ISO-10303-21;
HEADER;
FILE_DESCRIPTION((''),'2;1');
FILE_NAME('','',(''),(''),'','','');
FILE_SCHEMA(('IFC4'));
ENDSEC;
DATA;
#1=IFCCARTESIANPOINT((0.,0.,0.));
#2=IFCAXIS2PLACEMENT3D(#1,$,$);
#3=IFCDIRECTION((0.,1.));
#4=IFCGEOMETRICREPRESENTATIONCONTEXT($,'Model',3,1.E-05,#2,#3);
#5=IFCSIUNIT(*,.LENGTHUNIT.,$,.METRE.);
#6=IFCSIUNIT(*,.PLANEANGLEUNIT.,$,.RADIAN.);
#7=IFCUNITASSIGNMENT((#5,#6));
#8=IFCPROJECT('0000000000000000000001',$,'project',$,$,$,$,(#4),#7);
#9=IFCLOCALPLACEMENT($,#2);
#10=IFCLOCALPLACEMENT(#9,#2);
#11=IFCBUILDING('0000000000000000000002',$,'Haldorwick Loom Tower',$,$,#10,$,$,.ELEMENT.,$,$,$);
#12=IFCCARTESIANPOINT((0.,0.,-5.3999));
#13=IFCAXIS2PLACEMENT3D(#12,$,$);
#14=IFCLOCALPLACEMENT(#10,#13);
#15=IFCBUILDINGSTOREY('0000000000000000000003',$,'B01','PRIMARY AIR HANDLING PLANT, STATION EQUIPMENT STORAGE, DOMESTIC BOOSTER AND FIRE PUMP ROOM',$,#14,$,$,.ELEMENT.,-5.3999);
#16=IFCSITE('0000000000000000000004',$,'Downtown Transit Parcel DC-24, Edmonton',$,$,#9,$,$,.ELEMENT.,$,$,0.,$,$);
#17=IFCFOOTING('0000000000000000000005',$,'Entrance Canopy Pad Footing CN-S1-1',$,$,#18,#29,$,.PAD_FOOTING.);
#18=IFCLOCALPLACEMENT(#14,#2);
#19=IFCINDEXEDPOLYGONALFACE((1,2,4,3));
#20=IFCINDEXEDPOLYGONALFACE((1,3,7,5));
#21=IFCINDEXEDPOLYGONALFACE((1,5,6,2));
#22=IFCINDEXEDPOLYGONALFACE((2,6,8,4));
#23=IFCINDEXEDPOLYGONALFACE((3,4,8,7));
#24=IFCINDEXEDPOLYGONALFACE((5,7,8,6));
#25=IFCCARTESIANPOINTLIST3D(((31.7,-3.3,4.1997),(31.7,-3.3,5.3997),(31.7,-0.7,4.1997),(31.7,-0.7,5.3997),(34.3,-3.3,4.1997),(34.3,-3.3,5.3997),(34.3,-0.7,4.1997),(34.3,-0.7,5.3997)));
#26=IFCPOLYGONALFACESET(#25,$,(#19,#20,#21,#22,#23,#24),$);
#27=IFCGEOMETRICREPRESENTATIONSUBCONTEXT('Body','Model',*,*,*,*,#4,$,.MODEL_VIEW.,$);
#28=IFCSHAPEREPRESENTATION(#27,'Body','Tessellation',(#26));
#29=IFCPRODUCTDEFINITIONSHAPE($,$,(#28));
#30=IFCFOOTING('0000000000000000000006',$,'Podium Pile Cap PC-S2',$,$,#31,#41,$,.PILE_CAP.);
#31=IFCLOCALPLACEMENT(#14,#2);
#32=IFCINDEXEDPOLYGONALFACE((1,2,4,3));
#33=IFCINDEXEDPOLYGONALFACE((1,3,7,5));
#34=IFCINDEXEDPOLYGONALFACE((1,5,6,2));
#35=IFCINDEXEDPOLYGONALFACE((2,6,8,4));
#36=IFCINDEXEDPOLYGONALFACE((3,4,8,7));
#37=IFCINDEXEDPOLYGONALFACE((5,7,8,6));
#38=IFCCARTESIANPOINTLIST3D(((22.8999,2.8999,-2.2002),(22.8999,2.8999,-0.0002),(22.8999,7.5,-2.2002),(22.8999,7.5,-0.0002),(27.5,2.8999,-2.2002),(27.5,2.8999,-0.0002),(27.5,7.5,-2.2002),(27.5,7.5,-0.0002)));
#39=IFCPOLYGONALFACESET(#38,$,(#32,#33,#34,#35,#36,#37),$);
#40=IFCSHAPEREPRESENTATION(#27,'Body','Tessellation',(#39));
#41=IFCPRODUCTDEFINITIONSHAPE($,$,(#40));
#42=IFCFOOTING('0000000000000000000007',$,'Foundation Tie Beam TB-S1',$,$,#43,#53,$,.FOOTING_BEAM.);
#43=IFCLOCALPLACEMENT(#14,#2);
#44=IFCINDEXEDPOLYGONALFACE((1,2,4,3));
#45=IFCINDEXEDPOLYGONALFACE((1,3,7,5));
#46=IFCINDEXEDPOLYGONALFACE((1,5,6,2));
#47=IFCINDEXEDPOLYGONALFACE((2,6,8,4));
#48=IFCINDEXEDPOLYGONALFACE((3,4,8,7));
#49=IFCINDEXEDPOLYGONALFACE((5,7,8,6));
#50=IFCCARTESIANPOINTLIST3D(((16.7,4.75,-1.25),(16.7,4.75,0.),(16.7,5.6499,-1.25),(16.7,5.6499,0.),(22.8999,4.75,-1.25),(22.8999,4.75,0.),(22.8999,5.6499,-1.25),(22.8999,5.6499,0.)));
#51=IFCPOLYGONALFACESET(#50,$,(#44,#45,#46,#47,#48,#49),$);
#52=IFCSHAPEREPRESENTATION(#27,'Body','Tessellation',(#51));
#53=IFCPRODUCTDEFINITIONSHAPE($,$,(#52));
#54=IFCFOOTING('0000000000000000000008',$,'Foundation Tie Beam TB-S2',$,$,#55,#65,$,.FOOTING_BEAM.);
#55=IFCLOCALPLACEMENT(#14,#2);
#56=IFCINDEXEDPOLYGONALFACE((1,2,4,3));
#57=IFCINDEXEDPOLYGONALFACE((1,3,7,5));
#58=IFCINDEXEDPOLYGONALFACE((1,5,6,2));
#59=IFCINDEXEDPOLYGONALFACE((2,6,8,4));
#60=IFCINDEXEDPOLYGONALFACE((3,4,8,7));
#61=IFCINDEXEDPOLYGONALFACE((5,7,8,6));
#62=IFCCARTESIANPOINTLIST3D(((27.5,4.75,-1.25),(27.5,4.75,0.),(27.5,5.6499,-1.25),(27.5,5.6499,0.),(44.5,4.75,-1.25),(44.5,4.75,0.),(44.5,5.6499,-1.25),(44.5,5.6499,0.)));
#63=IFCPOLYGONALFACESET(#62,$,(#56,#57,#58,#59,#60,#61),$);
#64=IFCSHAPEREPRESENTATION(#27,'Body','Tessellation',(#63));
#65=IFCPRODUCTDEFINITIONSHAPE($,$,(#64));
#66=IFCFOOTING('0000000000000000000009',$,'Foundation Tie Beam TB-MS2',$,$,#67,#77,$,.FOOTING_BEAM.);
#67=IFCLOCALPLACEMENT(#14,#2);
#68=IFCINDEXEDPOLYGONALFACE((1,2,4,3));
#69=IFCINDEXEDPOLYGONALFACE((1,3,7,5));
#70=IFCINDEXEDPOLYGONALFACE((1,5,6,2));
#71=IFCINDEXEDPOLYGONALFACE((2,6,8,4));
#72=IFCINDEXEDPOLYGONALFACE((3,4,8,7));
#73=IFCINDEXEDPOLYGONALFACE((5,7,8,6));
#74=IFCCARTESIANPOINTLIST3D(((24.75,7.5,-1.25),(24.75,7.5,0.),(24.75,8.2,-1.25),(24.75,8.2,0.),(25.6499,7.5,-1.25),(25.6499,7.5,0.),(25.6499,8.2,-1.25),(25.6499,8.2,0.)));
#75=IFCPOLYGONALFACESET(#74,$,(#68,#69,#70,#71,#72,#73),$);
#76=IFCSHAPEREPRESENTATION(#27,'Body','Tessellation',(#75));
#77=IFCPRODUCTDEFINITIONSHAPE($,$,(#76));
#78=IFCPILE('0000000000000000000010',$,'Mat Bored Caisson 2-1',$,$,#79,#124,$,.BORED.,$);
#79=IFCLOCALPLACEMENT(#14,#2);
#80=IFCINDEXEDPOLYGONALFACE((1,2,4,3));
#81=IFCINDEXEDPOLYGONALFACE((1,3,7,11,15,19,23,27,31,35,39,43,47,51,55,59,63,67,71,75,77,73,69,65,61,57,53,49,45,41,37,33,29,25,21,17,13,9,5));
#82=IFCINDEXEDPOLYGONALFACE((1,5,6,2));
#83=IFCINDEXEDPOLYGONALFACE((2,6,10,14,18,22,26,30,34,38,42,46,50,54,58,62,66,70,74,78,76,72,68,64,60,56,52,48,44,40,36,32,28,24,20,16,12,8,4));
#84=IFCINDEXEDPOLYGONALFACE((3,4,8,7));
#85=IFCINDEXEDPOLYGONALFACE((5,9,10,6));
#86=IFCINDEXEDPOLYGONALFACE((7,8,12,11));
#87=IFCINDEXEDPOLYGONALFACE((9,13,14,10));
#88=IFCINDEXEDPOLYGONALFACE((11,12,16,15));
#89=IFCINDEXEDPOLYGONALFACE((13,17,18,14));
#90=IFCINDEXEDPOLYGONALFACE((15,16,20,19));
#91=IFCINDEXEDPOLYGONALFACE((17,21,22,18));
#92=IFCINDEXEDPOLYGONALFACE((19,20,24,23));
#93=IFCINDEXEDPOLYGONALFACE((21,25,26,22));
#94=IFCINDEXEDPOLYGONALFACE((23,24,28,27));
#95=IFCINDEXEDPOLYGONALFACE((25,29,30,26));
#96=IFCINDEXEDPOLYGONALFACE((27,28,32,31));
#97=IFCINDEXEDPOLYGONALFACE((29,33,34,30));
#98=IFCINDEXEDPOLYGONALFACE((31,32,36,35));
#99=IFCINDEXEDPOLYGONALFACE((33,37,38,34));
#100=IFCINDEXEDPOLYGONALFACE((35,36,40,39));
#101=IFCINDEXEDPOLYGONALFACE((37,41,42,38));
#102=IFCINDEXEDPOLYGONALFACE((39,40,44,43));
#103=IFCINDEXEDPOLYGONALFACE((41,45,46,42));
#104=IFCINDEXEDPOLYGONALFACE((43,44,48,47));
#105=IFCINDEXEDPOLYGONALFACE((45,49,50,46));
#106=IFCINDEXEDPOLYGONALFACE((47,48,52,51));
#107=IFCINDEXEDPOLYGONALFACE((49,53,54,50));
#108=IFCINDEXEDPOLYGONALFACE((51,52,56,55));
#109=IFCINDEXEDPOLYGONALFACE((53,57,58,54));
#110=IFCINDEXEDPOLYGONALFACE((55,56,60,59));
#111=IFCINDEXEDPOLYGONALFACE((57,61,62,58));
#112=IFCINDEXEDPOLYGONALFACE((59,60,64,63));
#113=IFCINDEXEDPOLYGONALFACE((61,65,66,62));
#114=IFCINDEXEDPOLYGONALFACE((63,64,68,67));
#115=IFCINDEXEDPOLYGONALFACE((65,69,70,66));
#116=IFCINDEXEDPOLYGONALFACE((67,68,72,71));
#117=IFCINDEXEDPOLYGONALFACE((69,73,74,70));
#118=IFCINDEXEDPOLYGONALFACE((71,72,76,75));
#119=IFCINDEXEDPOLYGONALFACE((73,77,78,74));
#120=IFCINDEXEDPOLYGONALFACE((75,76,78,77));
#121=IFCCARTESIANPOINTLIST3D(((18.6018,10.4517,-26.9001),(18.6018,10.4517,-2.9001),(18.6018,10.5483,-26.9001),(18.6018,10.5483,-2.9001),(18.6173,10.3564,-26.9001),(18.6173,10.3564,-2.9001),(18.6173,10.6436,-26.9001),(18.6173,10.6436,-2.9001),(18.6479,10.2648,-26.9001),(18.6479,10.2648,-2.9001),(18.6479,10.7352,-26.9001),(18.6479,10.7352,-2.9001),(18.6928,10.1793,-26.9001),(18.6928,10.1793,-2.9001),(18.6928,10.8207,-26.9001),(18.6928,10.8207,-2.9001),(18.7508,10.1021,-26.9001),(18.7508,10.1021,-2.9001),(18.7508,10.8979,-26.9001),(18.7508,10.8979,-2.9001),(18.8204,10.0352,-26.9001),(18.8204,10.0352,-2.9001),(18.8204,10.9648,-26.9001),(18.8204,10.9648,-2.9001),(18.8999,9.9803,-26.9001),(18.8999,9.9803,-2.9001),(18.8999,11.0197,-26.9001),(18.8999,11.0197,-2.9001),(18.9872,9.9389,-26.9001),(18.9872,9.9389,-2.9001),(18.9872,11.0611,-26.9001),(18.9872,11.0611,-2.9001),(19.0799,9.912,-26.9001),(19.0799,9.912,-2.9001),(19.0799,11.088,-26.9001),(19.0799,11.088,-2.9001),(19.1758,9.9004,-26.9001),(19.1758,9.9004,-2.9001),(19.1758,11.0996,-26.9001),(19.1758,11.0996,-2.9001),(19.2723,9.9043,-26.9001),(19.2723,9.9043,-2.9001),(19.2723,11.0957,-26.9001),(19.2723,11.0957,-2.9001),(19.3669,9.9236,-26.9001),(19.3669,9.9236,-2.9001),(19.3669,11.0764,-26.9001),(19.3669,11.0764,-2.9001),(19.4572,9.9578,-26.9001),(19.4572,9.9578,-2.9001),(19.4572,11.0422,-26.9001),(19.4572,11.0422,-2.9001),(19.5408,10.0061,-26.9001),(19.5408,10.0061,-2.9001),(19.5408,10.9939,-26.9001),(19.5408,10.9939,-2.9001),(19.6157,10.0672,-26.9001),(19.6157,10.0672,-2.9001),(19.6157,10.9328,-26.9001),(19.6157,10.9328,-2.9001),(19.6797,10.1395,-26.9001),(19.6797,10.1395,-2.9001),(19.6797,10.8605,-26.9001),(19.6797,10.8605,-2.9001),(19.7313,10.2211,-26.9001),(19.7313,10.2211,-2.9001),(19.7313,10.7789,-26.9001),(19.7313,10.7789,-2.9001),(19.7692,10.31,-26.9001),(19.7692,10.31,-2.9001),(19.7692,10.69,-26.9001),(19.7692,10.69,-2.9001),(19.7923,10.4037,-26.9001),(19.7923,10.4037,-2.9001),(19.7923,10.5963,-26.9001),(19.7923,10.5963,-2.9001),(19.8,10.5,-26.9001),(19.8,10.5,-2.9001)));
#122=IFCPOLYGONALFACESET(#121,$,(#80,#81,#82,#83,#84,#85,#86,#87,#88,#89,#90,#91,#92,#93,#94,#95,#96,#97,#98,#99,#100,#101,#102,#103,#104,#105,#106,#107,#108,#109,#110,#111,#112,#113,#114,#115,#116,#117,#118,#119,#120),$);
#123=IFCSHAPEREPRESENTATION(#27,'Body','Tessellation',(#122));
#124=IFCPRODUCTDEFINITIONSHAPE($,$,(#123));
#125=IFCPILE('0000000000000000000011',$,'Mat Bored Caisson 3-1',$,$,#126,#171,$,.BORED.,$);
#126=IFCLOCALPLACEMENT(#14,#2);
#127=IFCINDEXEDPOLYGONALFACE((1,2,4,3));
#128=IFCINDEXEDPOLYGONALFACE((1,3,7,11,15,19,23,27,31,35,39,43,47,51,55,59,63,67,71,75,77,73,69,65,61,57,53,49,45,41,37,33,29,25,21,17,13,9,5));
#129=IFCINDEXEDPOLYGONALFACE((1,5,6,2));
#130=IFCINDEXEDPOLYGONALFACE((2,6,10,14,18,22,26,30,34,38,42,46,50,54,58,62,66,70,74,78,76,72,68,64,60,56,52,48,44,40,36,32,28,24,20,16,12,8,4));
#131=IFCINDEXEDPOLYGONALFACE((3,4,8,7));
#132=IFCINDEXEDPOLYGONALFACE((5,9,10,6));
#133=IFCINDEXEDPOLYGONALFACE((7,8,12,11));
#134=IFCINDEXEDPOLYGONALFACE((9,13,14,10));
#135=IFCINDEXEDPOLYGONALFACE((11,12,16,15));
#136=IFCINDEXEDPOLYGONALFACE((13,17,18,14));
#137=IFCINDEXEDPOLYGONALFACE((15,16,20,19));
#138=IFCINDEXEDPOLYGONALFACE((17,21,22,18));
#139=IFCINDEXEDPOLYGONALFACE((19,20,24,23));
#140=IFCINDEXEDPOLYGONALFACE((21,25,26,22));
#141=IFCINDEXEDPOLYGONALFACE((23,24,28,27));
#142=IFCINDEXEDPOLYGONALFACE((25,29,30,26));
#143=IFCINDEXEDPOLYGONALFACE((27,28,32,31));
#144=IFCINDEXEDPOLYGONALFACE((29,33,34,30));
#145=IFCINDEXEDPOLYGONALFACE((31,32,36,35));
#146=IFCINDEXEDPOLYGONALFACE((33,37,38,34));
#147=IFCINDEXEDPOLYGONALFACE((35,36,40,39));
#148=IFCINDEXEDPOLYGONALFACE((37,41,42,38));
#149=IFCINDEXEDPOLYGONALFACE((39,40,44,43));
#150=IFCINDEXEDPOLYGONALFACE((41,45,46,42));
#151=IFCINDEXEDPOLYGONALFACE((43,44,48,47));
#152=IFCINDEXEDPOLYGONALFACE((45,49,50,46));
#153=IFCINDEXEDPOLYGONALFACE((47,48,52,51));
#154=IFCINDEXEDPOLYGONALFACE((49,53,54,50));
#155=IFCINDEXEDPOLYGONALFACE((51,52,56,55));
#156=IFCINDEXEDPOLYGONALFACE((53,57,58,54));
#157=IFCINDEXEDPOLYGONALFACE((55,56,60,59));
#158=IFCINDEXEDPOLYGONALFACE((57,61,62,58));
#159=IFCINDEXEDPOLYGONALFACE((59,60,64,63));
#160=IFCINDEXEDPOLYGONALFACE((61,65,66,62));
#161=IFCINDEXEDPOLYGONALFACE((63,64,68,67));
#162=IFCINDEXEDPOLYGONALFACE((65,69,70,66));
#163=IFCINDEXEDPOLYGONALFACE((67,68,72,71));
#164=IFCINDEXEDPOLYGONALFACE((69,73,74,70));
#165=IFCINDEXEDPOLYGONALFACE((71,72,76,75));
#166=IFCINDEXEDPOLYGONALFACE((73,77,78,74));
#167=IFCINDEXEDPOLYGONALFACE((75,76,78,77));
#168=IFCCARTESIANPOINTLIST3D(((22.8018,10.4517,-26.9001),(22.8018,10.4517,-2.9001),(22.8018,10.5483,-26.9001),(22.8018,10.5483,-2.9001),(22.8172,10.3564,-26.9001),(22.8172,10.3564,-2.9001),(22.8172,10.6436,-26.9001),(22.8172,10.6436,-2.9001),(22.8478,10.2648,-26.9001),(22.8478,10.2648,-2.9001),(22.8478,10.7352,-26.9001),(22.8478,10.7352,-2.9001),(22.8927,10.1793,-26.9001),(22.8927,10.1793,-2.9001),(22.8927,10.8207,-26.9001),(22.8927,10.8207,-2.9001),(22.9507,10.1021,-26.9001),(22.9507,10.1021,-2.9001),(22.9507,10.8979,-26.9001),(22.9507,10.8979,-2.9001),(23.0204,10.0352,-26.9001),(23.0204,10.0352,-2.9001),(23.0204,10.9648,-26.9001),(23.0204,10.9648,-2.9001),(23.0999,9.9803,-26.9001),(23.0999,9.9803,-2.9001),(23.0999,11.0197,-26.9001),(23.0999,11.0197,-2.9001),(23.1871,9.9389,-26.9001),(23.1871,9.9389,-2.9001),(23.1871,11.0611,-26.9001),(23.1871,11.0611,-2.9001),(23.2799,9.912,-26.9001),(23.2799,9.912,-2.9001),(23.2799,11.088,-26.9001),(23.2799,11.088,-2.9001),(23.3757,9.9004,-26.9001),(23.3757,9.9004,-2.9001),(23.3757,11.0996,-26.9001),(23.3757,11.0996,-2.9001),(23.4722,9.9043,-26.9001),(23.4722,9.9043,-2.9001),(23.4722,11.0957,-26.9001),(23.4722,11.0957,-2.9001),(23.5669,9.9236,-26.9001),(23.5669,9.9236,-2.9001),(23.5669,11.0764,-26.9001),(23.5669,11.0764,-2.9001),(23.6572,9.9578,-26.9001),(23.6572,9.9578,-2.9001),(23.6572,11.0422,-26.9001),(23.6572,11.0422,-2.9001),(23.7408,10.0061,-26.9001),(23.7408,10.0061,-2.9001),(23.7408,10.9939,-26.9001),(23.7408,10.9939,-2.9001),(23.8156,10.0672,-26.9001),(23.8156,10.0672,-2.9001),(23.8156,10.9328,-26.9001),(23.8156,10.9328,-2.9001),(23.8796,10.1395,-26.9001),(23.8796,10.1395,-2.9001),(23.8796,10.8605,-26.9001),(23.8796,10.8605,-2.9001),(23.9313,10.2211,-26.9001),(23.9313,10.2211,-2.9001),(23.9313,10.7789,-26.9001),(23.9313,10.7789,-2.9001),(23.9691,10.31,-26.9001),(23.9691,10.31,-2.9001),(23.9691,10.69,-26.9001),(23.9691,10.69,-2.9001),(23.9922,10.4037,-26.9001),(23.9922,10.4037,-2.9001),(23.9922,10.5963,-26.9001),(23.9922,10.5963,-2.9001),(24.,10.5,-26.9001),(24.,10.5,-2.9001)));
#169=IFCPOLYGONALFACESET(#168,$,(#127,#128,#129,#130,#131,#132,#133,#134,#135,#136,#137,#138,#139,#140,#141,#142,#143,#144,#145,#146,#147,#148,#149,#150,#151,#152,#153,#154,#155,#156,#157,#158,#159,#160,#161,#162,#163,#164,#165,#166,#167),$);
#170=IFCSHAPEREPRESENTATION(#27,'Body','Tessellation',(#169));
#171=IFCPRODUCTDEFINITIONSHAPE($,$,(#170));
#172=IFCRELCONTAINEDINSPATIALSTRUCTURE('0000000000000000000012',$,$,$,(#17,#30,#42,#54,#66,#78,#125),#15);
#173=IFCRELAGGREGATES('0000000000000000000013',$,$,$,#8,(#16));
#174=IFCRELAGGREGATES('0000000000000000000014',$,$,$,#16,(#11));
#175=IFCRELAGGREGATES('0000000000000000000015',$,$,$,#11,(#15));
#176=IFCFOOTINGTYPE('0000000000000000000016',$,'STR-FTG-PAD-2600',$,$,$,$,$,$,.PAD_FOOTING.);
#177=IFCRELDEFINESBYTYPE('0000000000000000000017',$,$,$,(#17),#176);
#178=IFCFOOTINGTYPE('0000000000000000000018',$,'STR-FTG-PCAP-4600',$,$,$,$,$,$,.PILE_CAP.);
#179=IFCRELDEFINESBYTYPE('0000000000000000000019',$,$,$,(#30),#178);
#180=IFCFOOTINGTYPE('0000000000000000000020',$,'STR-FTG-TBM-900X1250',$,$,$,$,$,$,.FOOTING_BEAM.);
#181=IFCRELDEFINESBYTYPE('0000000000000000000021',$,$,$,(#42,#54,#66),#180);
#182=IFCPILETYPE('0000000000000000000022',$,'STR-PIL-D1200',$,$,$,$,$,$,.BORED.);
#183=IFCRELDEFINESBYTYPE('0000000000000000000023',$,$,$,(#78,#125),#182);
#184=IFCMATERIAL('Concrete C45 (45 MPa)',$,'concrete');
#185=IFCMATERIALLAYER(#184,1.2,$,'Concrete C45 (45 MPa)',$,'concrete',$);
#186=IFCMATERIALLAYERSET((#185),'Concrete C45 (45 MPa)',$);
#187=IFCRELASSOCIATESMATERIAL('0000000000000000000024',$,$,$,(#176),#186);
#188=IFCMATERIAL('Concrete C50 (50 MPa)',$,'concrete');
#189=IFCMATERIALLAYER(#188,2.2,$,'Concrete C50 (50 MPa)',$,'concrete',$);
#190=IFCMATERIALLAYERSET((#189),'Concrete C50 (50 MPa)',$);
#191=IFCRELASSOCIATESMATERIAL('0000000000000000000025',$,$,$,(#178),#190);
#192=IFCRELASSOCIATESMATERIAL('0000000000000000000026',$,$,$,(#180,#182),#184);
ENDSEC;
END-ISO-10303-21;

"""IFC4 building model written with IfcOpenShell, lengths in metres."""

from ifc_helpers import new_model, si_unit, direction, frame, origin, origin_2d, place, context, subcontext, project, spatial, rectangle, circle, extrude, material, layer, layer_set, material_profile, profile_set, type_object, element, save


model = new_model("IFC4")

# Units and contexts
model_context = context("Model", 3, precision=1e-05, world=origin(), true_north=direction((0.0, 1.0)))
body_context = subcontext(model_context, "Body", "Model", "MODEL_VIEW")
ifc_project = project(units=[si_unit("LENGTHUNIT", "METRE"), si_unit("PLANEANGLEUNIT", "RADIAN")], contexts=[model_context])

# Site, building, storey
site_placement = place(None, origin())
site = spatial("IfcSite", under=ifc_project, at=site_placement, Name="Downtown Transit Parcel DC-24, Edmonton", CompositionType="ELEMENT", RefElevation=0.0)
building_placement = place(site_placement, origin())
building = spatial("IfcBuilding", under=site, at=building_placement, Name="Haldorwick Loom Tower", CompositionType="ELEMENT")
storey_placement = place(building_placement, frame((0.0, 0.0, -5.3999)))
storey = spatial("IfcBuildingStorey", under=building, at=storey_placement, Name="B01", Description="PRIMARY AIR HANDLING PLANT, STATION EQUIPMENT STORAGE, DOMESTIC BOOSTER AND FIRE PUMP ROOM", CompositionType="ELEMENT", Elevation=-5.3999)

# Footings
ifc_material_1 = material(Name="Concrete C45 (45 MPa)", Category="concrete")
ifc_layer_1 = layer(ifc_material_1, 1.2, Name="Concrete C45 (45 MPa)", Category="concrete")
ifc_layer_set_1 = layer_set([ifc_layer_1], Name="Concrete C45 (45 MPa)")
footing_type_1 = type_object("IfcFootingType", Name="STR-FTG-PAD-2600", PredefinedType="PAD_FOOTING", material=ifc_layer_set_1)
footing_1_placement = place(storey_placement, frame((33.0, -2.0, 4.1997), z_axis=(0.0, 0.0, 1.0), x_axis=(1.0, 0.0, 0.0)))
element("IfcFooting", 1, at=footing_1_placement, inside=storey, type_object=footing_type_1, Name="Entrance Canopy Pad Footing CN-S1-1", PredefinedType="PAD_FOOTING", context=body_context, shape_type="SweptSolid", body=[
    extrude(rectangle(XDim=2.6001, YDim=2.6001, at=origin_2d()), origin(), (0.0, 0.0, 1.0), 1.2),
])
ifc_material_2 = material(Name="Concrete C50 (50 MPa)", Category="concrete")
ifc_layer_2 = layer(ifc_material_2, 2.2, Name="Concrete C50 (50 MPa)", Category="concrete")
ifc_layer_set_2 = layer_set([ifc_layer_2], Name="Concrete C50 (50 MPa)")
footing_type_2 = type_object("IfcFootingType", Name="STR-FTG-PCAP-4600", PredefinedType="PILE_CAP", material=ifc_layer_set_2)
footing_2_placement = place(storey_placement, frame((25.2, 5.2, -2.2002), z_axis=(0.0, 0.0, 1.0), x_axis=(1.0, 0.0, 0.0)))
element("IfcFooting", 2, at=footing_2_placement, inside=storey, type_object=footing_type_2, Name="Podium Pile Cap PC-S2", PredefinedType="PILE_CAP", context=body_context, shape_type="SweptSolid", body=[
    extrude(rectangle(XDim=4.6001, YDim=4.6001, at=origin_2d()), origin(), (0.0, 0.0, 1.0), 2.2),
])
ifc_material_profile_1 = material_profile(ifc_material_1, rectangle(XDim=0.8999, YDim=1.25, at=origin_2d()), Name="RC900X1250", Category="concrete")
ifc_profile_set_1 = profile_set([ifc_material_profile_1], Name="Concrete C45 (45 MPa)")
footing_type_3 = type_object("IfcFootingType", Name="STR-FTG-TBM-900X1250", PredefinedType="FOOTING_BEAM", material=ifc_profile_set_1)
footing_3_placement = place(storey_placement, frame((16.7, 5.2, -0.625), z_axis=(1.0, 0.0, 0.0), x_axis=(0.0, 1.0, 0.0)))
element("IfcFooting", 3, at=footing_3_placement, inside=storey, type_object=footing_type_3, Name="Foundation Tie Beam TB-S1", PredefinedType="FOOTING_BEAM", context=body_context, shape_type="SweptSolid", body=[
    extrude(rectangle(XDim=0.8999, YDim=1.25, at=origin_2d()), origin(), (0.0, 0.0, 1.0), 6.2),
])
footing_4_placement = place(storey_placement, frame((27.5, 5.2, -0.625), z_axis=(1.0, 0.0, 0.0), x_axis=(0.0, 1.0, 0.0)))
element("IfcFooting", 4, at=footing_4_placement, inside=storey, type_object=footing_type_3, Name="Foundation Tie Beam TB-S2", PredefinedType="FOOTING_BEAM", context=body_context, shape_type="SweptSolid", body=[
    extrude(rectangle(XDim=0.8999, YDim=1.25, at=origin_2d()), origin(), (0.0, 0.0, 1.0), 17.0),
])
footing_5_placement = place(storey_placement, frame((25.2, 7.5, -0.625), z_axis=(0.0, 1.0, 0.0), x_axis=(-1.0, 0.0, 0.0)))
element("IfcFooting", 5, at=footing_5_placement, inside=storey, type_object=footing_type_3, Name="Foundation Tie Beam TB-MS2", PredefinedType="FOOTING_BEAM", context=body_context, shape_type="SweptSolid", body=[
    extrude(rectangle(XDim=0.8999, YDim=1.25, at=origin_2d()), origin(), (0.0, 0.0, 1.0), 0.7),
])

# Piles
ifc_material_profile_2 = material_profile(ifc_material_1, circle(Radius=0.6001, at=origin_2d()), Name="CAISSON_D1200", Category="concrete")
ifc_profile_set_2 = profile_set([ifc_material_profile_2], Name="Concrete C45 (45 MPa)")
pile_type = type_object("IfcPileType", Name="STR-PIL-D1200", PredefinedType="BORED", material=ifc_profile_set_2)
for number, where, z_axis, x_axis, name in (
    (6, (19.2, 10.5, -2.9001), (0.0, 0.0, -1.0), (1.0, 0.0, 0.0), "Mat Bored Caisson 2-1"),
    (7, (23.3999, 10.5, -2.9001), (0.0, 0.0, -1.0), (1.0, 0.0, 0.0), "Mat Bored Caisson 3-1"),
):
    element("IfcPile", number, at=place(storey_placement, frame(where, z_axis=z_axis, x_axis=x_axis)), inside=storey, type_object=pile_type, Name=name, PredefinedType="BORED", context=body_context, shape_type="SweptSolid", body=[
        extrude(circle(Radius=0.6001, at=origin_2d()), origin(), (0.0, 0.0, 1.0), 24.0),
    ])

save(model, "model.ifc")
